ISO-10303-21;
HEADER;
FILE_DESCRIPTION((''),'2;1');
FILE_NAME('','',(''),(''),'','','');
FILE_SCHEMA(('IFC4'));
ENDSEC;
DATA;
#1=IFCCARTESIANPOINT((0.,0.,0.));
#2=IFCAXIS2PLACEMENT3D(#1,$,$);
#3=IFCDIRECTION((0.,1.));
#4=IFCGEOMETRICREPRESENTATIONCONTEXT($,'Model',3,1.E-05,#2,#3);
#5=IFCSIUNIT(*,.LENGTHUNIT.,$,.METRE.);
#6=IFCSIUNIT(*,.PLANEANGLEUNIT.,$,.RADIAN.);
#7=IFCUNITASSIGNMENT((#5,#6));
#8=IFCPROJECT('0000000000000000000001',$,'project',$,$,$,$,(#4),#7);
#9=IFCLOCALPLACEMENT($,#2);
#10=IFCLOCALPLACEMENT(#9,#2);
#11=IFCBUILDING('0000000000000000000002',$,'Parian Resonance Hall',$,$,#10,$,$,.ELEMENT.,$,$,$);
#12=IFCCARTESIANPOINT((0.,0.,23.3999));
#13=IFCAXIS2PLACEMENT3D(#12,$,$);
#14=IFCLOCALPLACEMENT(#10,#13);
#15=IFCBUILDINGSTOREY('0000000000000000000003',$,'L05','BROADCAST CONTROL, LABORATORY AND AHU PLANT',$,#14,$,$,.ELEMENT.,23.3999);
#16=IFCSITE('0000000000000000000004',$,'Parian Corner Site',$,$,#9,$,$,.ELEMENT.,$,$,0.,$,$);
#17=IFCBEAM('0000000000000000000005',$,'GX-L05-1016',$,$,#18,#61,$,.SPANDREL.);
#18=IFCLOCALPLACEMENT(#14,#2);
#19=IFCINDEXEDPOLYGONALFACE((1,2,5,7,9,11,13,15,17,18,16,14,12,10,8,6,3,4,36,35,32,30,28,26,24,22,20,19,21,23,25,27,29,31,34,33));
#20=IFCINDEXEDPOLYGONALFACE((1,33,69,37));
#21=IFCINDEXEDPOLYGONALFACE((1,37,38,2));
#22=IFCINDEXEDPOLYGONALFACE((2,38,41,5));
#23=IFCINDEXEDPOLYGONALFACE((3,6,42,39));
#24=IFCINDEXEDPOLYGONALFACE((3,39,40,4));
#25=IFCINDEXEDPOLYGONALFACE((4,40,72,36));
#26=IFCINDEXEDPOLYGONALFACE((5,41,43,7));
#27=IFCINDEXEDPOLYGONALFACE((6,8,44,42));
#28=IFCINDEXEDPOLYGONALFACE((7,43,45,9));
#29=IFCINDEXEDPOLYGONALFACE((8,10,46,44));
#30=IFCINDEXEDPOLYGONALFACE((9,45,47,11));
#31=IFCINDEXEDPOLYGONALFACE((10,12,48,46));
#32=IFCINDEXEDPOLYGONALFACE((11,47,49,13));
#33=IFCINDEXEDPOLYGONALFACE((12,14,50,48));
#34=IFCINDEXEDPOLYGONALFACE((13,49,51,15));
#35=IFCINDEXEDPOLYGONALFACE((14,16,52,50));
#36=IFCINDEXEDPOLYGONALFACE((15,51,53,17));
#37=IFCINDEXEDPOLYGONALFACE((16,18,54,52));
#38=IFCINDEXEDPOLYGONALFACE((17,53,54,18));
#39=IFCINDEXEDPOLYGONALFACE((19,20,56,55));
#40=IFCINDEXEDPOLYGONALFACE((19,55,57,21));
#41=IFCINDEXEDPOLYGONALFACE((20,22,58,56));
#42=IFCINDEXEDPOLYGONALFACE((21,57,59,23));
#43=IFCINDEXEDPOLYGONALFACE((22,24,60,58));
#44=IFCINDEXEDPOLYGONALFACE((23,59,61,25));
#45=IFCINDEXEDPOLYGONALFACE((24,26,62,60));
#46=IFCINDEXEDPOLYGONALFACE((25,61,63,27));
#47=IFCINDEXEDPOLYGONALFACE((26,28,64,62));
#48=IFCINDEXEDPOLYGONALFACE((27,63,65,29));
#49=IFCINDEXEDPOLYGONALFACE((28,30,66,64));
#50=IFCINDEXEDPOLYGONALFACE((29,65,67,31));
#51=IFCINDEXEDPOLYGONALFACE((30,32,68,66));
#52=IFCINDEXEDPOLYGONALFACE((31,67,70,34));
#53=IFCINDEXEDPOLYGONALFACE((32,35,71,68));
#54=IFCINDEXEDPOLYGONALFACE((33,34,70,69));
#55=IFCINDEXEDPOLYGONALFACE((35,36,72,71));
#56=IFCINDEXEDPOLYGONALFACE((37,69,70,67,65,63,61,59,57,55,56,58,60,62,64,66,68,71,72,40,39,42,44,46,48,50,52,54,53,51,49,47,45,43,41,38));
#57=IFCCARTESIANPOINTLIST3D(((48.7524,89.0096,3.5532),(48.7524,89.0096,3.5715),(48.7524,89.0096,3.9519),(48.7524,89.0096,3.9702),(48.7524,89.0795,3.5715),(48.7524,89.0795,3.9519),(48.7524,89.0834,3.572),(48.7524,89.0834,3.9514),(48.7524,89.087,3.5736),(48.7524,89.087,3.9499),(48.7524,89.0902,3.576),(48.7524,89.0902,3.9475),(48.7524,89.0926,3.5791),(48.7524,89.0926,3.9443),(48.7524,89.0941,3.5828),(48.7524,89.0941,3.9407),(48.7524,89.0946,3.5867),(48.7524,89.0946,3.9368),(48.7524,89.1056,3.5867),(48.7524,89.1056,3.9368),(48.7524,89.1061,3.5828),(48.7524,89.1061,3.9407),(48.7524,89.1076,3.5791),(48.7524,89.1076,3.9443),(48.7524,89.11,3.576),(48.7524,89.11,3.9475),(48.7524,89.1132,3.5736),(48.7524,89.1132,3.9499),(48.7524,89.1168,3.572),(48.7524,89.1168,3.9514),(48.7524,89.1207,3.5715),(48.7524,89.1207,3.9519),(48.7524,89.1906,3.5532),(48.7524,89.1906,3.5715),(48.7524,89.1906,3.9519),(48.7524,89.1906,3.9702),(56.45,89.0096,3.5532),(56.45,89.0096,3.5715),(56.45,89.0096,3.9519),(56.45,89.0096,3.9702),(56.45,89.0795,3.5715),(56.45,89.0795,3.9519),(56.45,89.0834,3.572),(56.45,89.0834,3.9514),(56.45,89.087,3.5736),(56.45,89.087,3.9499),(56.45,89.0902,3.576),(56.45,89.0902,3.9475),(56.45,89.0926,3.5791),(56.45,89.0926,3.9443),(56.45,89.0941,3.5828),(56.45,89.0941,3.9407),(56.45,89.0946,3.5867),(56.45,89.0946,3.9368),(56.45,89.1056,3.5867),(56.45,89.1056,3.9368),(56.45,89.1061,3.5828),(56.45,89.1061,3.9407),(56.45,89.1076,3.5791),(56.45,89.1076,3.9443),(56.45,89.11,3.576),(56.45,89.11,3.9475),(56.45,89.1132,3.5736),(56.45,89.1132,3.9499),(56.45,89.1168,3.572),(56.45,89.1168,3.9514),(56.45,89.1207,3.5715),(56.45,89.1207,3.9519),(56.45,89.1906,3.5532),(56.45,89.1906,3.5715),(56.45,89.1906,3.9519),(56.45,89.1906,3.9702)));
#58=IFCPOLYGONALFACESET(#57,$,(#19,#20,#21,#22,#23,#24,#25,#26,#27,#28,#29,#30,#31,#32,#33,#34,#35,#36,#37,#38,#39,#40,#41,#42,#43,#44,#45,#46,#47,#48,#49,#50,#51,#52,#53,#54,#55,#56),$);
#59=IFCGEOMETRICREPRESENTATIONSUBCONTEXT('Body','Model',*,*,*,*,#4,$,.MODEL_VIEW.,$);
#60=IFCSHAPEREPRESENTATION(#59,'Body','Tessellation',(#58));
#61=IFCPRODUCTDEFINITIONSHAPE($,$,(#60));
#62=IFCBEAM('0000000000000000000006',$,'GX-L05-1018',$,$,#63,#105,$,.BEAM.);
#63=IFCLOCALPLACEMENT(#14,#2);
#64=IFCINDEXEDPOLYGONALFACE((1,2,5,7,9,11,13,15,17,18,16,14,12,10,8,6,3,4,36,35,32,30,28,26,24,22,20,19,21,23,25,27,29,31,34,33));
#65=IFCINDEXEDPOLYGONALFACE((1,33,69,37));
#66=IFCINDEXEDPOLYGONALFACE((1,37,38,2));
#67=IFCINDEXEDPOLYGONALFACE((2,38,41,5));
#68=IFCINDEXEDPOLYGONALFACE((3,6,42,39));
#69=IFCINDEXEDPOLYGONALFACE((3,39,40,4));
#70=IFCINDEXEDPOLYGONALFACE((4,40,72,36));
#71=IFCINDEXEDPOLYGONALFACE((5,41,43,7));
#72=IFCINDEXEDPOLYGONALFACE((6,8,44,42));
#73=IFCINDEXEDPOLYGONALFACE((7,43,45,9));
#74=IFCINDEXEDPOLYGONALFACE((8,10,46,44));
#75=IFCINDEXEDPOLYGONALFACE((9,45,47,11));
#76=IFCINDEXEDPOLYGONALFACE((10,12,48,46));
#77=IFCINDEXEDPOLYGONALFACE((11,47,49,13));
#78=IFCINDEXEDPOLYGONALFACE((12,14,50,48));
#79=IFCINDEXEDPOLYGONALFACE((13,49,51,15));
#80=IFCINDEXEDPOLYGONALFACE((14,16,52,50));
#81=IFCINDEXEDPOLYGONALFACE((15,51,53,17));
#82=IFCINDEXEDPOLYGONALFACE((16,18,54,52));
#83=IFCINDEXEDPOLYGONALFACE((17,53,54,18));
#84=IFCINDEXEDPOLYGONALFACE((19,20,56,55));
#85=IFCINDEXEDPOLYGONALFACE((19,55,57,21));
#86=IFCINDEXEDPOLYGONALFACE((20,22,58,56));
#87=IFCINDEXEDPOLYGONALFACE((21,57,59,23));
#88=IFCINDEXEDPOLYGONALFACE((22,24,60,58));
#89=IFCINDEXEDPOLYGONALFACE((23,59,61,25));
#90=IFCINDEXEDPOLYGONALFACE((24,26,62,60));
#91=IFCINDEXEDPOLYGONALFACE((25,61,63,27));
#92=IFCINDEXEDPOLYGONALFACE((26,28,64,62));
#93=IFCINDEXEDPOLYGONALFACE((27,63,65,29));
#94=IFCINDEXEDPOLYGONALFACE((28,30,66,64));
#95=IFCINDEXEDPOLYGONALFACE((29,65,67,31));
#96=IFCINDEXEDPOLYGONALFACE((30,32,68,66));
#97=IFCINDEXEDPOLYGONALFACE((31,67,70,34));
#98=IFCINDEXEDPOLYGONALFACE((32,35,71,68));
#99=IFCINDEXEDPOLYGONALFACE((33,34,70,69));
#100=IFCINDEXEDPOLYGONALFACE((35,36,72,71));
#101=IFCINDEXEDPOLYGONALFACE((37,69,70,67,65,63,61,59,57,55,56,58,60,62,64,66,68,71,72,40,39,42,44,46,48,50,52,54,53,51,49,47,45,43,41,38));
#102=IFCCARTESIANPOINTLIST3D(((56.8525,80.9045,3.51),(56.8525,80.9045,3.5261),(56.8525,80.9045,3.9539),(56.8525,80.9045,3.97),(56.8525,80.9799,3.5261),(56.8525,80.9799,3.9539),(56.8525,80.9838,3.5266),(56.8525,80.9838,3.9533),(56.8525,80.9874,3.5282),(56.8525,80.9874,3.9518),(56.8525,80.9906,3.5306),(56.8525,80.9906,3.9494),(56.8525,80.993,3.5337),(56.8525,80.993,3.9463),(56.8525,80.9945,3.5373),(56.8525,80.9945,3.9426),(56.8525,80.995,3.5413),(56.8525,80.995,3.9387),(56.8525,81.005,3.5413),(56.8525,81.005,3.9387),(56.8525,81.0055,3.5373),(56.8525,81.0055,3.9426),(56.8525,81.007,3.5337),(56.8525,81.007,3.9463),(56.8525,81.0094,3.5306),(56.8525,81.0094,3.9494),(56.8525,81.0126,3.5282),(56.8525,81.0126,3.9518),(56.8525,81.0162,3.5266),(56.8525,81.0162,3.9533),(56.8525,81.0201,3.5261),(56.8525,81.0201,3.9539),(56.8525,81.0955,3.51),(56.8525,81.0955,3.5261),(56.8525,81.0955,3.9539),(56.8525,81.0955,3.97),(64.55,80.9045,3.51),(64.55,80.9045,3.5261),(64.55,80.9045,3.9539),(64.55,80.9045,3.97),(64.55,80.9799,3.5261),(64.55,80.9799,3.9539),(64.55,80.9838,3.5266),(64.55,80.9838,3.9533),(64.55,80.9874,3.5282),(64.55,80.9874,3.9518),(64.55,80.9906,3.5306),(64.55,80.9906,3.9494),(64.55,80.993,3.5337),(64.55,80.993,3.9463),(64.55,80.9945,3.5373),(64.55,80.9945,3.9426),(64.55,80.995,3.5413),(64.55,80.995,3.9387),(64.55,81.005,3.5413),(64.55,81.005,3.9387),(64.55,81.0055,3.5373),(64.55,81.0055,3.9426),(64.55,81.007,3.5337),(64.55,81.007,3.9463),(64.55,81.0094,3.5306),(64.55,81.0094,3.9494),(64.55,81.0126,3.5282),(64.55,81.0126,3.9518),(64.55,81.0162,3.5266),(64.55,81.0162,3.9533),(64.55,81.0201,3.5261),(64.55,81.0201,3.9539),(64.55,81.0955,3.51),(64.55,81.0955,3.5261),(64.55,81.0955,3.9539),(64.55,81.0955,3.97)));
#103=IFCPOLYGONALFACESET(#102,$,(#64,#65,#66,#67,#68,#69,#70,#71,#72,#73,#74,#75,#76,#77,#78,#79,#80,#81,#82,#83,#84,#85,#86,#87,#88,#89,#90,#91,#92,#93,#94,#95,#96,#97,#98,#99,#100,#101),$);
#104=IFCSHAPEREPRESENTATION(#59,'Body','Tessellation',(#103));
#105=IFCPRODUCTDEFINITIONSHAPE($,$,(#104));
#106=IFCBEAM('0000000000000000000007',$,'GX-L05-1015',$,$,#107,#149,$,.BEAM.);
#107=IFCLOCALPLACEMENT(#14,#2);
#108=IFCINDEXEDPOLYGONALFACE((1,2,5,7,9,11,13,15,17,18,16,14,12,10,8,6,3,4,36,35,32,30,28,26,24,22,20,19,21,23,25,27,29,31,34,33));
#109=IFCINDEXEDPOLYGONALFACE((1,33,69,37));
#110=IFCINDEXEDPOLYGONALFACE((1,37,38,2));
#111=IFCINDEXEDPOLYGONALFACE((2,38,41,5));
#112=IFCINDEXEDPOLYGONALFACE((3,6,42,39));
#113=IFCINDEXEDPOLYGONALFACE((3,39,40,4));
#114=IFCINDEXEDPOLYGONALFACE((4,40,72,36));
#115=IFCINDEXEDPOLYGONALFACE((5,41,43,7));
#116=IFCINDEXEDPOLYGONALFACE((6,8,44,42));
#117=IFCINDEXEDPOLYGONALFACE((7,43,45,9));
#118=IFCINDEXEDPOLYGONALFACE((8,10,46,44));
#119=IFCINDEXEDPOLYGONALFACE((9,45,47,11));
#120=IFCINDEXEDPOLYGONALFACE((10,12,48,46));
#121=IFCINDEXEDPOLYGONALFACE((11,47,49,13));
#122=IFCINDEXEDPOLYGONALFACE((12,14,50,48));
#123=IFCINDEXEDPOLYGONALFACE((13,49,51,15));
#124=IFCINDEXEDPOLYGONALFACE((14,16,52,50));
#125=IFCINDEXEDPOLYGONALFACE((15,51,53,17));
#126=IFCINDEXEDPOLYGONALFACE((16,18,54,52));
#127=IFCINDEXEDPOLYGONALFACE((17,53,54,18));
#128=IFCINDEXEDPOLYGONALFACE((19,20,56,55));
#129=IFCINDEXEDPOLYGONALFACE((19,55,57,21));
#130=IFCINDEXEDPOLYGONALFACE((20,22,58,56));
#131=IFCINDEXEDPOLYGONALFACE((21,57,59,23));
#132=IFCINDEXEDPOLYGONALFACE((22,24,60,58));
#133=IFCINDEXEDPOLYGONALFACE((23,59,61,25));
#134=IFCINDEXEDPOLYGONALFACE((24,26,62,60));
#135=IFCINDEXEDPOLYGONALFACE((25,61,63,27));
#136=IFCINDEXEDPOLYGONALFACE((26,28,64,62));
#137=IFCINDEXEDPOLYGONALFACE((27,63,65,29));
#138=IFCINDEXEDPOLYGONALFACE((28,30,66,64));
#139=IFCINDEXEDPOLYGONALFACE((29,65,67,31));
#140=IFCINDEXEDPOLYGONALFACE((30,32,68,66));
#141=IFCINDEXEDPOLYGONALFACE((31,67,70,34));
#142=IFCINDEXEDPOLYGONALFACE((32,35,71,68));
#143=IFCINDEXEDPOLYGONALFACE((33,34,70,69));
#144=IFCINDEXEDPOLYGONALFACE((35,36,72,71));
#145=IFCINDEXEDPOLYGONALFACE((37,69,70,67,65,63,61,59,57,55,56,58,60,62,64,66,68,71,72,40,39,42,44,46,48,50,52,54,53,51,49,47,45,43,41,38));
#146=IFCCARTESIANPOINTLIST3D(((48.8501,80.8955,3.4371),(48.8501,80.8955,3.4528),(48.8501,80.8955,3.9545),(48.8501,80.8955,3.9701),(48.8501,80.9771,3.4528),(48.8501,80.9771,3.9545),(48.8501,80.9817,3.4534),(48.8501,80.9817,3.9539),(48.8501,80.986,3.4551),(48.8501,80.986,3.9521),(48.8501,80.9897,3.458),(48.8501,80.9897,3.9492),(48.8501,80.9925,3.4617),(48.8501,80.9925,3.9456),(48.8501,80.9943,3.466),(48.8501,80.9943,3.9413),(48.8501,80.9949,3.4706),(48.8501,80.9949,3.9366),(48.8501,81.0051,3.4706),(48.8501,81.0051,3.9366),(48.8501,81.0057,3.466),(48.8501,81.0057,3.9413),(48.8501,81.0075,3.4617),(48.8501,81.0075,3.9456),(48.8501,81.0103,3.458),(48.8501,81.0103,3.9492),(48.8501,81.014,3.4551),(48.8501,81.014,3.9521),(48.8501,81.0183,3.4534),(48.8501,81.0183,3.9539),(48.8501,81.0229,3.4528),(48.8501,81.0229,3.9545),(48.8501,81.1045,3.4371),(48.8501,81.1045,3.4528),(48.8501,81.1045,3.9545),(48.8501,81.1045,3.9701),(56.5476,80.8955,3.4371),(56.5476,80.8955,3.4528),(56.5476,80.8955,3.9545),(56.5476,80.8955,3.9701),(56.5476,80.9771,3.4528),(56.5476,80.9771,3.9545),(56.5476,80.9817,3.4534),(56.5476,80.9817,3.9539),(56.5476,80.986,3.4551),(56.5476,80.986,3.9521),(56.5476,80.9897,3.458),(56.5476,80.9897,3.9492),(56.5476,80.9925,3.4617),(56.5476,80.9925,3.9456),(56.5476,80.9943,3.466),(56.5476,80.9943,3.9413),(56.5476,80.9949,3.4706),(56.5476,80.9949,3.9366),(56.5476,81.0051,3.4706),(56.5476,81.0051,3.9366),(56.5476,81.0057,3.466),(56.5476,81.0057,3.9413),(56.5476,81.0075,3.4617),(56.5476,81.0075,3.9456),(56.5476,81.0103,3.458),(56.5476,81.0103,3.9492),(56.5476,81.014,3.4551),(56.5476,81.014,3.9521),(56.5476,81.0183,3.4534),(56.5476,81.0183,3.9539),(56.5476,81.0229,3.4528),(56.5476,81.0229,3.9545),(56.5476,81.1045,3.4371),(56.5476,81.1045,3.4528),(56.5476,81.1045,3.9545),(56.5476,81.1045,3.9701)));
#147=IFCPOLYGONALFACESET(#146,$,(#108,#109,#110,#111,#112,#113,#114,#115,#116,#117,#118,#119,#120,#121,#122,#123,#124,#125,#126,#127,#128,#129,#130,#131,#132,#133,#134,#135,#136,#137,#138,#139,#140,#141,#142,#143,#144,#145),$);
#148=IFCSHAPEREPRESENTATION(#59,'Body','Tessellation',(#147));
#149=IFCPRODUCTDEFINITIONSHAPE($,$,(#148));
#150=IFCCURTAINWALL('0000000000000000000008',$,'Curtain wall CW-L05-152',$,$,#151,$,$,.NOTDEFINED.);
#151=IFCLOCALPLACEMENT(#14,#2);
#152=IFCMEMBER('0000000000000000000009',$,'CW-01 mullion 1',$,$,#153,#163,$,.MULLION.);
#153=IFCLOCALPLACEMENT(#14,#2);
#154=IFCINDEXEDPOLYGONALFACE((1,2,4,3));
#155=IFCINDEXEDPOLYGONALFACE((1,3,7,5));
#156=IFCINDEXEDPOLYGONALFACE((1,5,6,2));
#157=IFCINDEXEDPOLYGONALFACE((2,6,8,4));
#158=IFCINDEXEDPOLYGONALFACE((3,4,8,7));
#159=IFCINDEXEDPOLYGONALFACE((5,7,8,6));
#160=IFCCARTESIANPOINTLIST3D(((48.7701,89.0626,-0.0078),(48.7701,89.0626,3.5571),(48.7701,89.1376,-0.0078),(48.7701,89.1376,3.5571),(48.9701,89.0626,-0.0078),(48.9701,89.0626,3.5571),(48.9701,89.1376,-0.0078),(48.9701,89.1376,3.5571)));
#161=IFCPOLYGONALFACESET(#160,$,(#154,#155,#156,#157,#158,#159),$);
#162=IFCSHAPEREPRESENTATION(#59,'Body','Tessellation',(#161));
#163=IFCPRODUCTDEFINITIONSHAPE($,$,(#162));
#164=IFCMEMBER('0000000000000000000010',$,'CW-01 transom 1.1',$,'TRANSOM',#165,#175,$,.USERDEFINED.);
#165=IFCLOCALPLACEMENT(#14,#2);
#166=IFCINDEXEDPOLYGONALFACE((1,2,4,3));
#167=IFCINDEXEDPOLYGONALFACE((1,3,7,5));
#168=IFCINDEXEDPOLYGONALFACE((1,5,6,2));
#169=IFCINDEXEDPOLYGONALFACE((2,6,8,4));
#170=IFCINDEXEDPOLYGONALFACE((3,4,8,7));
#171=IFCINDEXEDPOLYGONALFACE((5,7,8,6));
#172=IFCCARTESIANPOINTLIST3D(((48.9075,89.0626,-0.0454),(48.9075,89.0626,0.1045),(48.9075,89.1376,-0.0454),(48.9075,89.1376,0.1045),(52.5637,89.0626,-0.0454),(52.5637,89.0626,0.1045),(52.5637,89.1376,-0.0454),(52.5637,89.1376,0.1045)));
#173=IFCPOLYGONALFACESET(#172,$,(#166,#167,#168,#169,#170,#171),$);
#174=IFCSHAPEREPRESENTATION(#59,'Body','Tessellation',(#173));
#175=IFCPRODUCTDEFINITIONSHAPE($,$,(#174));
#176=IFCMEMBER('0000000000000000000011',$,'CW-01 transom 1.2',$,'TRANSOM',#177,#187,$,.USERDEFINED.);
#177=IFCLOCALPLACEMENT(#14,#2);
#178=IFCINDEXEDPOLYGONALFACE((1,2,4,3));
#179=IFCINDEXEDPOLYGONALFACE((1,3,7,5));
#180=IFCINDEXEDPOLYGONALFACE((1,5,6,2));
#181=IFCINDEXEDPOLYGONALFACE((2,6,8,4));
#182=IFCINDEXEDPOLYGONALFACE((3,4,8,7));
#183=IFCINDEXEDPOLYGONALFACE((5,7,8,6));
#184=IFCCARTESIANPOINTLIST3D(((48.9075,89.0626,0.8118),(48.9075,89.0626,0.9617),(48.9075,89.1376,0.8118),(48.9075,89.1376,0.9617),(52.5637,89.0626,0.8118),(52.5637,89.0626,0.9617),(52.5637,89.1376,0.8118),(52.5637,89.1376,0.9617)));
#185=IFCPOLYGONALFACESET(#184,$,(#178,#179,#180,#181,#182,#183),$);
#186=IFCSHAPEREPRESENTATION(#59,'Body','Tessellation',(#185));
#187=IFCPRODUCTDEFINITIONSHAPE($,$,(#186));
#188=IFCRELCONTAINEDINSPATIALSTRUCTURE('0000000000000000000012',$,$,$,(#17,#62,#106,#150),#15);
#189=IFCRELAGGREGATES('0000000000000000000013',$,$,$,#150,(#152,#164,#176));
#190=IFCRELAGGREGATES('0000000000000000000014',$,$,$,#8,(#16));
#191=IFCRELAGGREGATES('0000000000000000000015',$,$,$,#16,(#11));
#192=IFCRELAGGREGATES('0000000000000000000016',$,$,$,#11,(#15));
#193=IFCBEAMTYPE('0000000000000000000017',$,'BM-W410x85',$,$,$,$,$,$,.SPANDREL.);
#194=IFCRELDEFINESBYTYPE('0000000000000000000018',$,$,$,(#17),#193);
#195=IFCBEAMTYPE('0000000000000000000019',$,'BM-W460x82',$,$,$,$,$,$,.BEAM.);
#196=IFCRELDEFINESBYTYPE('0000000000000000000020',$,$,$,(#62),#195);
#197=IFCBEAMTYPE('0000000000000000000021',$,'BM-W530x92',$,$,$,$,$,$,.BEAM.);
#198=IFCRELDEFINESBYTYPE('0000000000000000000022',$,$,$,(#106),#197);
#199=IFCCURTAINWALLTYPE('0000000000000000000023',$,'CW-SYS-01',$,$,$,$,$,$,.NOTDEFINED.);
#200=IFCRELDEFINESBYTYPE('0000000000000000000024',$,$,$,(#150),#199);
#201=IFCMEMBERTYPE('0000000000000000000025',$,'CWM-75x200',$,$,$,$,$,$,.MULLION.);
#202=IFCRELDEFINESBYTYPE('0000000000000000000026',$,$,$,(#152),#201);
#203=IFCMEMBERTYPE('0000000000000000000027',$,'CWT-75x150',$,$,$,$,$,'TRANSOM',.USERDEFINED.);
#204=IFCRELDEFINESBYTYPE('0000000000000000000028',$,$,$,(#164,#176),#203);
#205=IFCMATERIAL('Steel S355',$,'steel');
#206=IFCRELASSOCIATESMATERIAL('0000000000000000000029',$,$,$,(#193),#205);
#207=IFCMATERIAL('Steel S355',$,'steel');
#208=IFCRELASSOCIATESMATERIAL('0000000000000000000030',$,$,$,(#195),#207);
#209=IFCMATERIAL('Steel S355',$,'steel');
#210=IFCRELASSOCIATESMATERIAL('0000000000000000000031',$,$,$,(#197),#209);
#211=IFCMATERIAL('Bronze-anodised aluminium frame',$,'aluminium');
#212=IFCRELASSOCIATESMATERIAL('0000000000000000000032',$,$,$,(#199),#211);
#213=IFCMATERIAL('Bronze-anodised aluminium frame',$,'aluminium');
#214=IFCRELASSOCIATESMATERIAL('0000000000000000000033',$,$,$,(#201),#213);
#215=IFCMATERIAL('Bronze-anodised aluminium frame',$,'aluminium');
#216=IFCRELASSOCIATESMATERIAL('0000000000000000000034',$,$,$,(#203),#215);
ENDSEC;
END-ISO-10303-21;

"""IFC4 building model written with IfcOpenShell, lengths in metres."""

from ifc_helpers import new_model, si_unit, direction, frame, origin, origin_2d, place, context, subcontext, project, spatial, rectangle, i_section, extrude, material, material_profile, profile_set, type_object, element, aggregate, save


model = new_model("IFC4")

# Units and contexts
model_context = context("Model", 3, precision=1e-05, world=origin(), true_north=direction((0.0, 1.0)))
body_context = subcontext(model_context, "Body", "Model", "MODEL_VIEW")
ifc_project = project(units=[si_unit("LENGTHUNIT", "METRE"), si_unit("PLANEANGLEUNIT", "RADIAN")], contexts=[model_context])

# Site, building, storey
site_placement = place(None, origin())
site = spatial("IfcSite", under=ifc_project, at=site_placement, Name="Parian Corner Site", CompositionType="ELEMENT", RefElevation=0.0)
building_placement = place(site_placement, origin())
building = spatial("IfcBuilding", under=site, at=building_placement, Name="Parian Resonance Hall", CompositionType="ELEMENT")
storey_placement = place(building_placement, frame((0.0, 0.0, 23.3999)))
storey = spatial("IfcBuildingStorey", under=building, at=storey_placement, Name="L05", Description="BROADCAST CONTROL, LABORATORY AND AHU PLANT", CompositionType="ELEMENT", Elevation=23.3999)

# Beams
ifc_material_1 = material(Name="Steel S355", Category="steel")
ifc_material_profile_1 = material_profile(ifc_material_1, i_section(OverallWidth=0.1809, OverallDepth=0.417, WebThickness=0.011, FlangeThickness=0.0183, FilletRadius=0.0151, at=origin_2d()), Name="W410x85")
ifc_profile_set_1 = profile_set([ifc_material_profile_1], Name="Steel S355")
beam_type_1 = type_object("IfcBeamType", Name="BM-W410x85", PredefinedType="SPANDREL", material=ifc_profile_set_1)
beam_1_placement = place(storey_placement, frame((48.7524, 89.1001, 3.7617), z_axis=(1.0, 0.0, 0.0), x_axis=(0.0, 1.0, 0.0)))
element("IfcBeam", 1, at=beam_1_placement, inside=storey, type_object=beam_type_1, Name="GX-L05-1016", PredefinedType="SPANDREL", context=body_context, shape_type="SweptSolid", body=[
    extrude(i_section(OverallWidth=0.1809, OverallDepth=0.417, WebThickness=0.011, FlangeThickness=0.0183, FilletRadius=0.0151, at=origin_2d()), origin(), (0.0, 0.0, 1.0), 7.6975),
])
ifc_material_2 = material(Name="Steel S355", Category="steel")
ifc_material_profile_2 = material_profile(ifc_material_2, i_section(OverallWidth=0.1909, OverallDepth=0.46, WebThickness=0.01, FlangeThickness=0.0161, FilletRadius=0.0151, at=origin_2d()), Name="W460x82")
ifc_profile_set_2 = profile_set([ifc_material_profile_2], Name="Steel S355")
beam_type_2 = type_object("IfcBeamType", Name="BM-W460x82", PredefinedType="BEAM", material=ifc_profile_set_2)
beam_2_placement = place(storey_placement, frame((56.8525, 81.0, 3.74), z_axis=(1.0, 0.0, 0.0), x_axis=(0.0, 1.0, 0.0)))
element("IfcBeam", 2, at=beam_2_placement, inside=storey, type_object=beam_type_2, Name="GX-L05-1018", PredefinedType="BEAM", context=body_context, shape_type="SweptSolid", body=[
    extrude(i_section(OverallWidth=0.1909, OverallDepth=0.46, WebThickness=0.01, FlangeThickness=0.0161, FilletRadius=0.0151, at=origin_2d()), origin(), (0.0, 0.0, 1.0), 7.6975),
])
ifc_material_3 = material(Name="Steel S355", Category="steel")
ifc_material_profile_3 = material_profile(ifc_material_3, i_section(OverallWidth=0.209, OverallDepth=0.533, WebThickness=0.0103, FlangeThickness=0.0156, FilletRadius=0.0178, at=origin_2d()), Name="W530x92")
ifc_profile_set_3 = profile_set([ifc_material_profile_3], Name="Steel S355")
beam_type_3 = type_object("IfcBeamType", Name="BM-W530x92", PredefinedType="BEAM", material=ifc_profile_set_3)
beam_3_placement = place(storey_placement, frame((48.8501, 81.0, 3.7036), z_axis=(1.0, 0.0, 0.0), x_axis=(0.0, 1.0, 0.0)))
element("IfcBeam", 3, at=beam_3_placement, inside=storey, type_object=beam_type_3, Name="GX-L05-1015", PredefinedType="BEAM", context=body_context, shape_type="SweptSolid", body=[
    extrude(i_section(OverallWidth=0.209, OverallDepth=0.533, WebThickness=0.0103, FlangeThickness=0.0156, FilletRadius=0.0178, at=origin_2d()), origin(), (0.0, 0.0, 1.0), 7.6975),
])

# Curtain wall, members
ifc_material_4 = material(Name="Bronze-anodised aluminium frame", Category="aluminium")
curtain_wall_type = type_object("IfcCurtainWallType", Name="CW-SYS-01", PredefinedType="NOTDEFINED", material=ifc_material_4)
curtain_wall_placement = place(storey_placement, origin())
curtain_wall = element("IfcCurtainWall", 4, at=curtain_wall_placement, inside=storey, type_object=curtain_wall_type, Name="Curtain wall CW-L05-152", PredefinedType="NOTDEFINED")
ifc_material_5 = material(Name="Bronze-anodised aluminium frame", Category="aluminium")
ifc_material_profile_4 = material_profile(ifc_material_5, rectangle(XDim=0.075, YDim=0.2, at=origin_2d()), Name="CWM-75x200")
ifc_profile_set_4 = profile_set([ifc_material_profile_4], Name="Bronze-anodised aluminium frame")
member_type_1 = type_object("IfcMemberType", Name="CWM-75x200", PredefinedType="MULLION", material=ifc_profile_set_4)
member_1_placement = place(storey_placement, frame((48.8701, 89.1001, -0.0078), z_axis=(0.0, 0.0, 1.0), x_axis=(0.0, 1.0, 0.0)))
member_1 = element("IfcMember", 5, at=member_1_placement, type_object=member_type_1, Name="CW-01 mullion 1", PredefinedType="MULLION", context=body_context, shape_type="SweptSolid", body=[
    extrude(rectangle(XDim=0.075, YDim=0.2, at=origin_2d()), origin(), (0.0, 0.0, 1.0), 3.5649),
])
ifc_material_6 = material(Name="Bronze-anodised aluminium frame", Category="aluminium")
ifc_material_profile_5 = material_profile(ifc_material_6, rectangle(XDim=0.075, YDim=0.1499, at=origin_2d()), Name="CWT-75x150")
ifc_profile_set_5 = profile_set([ifc_material_profile_5], Name="Bronze-anodised aluminium frame")
member_type_2 = type_object("IfcMemberType", Name="CWT-75x150", ElementType="TRANSOM", PredefinedType="USERDEFINED", material=ifc_profile_set_5)
member_2_placement = place(storey_placement, frame((48.9075, 89.1001, 0.0295), z_axis=(1.0, 0.0, 0.0), x_axis=(0.0, 1.0, 0.0)))
member_2 = element("IfcMember", 6, at=member_2_placement, type_object=member_type_2, Name="CW-01 transom 1.1", ObjectType="TRANSOM", PredefinedType="USERDEFINED", context=body_context, shape_type="SweptSolid", body=[
    extrude(rectangle(XDim=0.075, YDim=0.1499, at=origin_2d()), origin(), (0.0, 0.0, 1.0), 3.6562),
])
member_3_placement = place(storey_placement, frame((48.9075, 89.1001, 0.8867), z_axis=(1.0, 0.0, 0.0), x_axis=(0.0, 1.0, 0.0)))
member_3 = element("IfcMember", 7, at=member_3_placement, type_object=member_type_2, Name="CW-01 transom 1.2", ObjectType="TRANSOM", PredefinedType="USERDEFINED", context=body_context, shape_type="SweptSolid", body=[
    extrude(rectangle(XDim=0.075, YDim=0.1499, at=origin_2d()), origin(), (0.0, 0.0, 1.0), 3.6562),
])
aggregate(curtain_wall, [member_1, member_2, member_3])

save(model, "model.ifc")
